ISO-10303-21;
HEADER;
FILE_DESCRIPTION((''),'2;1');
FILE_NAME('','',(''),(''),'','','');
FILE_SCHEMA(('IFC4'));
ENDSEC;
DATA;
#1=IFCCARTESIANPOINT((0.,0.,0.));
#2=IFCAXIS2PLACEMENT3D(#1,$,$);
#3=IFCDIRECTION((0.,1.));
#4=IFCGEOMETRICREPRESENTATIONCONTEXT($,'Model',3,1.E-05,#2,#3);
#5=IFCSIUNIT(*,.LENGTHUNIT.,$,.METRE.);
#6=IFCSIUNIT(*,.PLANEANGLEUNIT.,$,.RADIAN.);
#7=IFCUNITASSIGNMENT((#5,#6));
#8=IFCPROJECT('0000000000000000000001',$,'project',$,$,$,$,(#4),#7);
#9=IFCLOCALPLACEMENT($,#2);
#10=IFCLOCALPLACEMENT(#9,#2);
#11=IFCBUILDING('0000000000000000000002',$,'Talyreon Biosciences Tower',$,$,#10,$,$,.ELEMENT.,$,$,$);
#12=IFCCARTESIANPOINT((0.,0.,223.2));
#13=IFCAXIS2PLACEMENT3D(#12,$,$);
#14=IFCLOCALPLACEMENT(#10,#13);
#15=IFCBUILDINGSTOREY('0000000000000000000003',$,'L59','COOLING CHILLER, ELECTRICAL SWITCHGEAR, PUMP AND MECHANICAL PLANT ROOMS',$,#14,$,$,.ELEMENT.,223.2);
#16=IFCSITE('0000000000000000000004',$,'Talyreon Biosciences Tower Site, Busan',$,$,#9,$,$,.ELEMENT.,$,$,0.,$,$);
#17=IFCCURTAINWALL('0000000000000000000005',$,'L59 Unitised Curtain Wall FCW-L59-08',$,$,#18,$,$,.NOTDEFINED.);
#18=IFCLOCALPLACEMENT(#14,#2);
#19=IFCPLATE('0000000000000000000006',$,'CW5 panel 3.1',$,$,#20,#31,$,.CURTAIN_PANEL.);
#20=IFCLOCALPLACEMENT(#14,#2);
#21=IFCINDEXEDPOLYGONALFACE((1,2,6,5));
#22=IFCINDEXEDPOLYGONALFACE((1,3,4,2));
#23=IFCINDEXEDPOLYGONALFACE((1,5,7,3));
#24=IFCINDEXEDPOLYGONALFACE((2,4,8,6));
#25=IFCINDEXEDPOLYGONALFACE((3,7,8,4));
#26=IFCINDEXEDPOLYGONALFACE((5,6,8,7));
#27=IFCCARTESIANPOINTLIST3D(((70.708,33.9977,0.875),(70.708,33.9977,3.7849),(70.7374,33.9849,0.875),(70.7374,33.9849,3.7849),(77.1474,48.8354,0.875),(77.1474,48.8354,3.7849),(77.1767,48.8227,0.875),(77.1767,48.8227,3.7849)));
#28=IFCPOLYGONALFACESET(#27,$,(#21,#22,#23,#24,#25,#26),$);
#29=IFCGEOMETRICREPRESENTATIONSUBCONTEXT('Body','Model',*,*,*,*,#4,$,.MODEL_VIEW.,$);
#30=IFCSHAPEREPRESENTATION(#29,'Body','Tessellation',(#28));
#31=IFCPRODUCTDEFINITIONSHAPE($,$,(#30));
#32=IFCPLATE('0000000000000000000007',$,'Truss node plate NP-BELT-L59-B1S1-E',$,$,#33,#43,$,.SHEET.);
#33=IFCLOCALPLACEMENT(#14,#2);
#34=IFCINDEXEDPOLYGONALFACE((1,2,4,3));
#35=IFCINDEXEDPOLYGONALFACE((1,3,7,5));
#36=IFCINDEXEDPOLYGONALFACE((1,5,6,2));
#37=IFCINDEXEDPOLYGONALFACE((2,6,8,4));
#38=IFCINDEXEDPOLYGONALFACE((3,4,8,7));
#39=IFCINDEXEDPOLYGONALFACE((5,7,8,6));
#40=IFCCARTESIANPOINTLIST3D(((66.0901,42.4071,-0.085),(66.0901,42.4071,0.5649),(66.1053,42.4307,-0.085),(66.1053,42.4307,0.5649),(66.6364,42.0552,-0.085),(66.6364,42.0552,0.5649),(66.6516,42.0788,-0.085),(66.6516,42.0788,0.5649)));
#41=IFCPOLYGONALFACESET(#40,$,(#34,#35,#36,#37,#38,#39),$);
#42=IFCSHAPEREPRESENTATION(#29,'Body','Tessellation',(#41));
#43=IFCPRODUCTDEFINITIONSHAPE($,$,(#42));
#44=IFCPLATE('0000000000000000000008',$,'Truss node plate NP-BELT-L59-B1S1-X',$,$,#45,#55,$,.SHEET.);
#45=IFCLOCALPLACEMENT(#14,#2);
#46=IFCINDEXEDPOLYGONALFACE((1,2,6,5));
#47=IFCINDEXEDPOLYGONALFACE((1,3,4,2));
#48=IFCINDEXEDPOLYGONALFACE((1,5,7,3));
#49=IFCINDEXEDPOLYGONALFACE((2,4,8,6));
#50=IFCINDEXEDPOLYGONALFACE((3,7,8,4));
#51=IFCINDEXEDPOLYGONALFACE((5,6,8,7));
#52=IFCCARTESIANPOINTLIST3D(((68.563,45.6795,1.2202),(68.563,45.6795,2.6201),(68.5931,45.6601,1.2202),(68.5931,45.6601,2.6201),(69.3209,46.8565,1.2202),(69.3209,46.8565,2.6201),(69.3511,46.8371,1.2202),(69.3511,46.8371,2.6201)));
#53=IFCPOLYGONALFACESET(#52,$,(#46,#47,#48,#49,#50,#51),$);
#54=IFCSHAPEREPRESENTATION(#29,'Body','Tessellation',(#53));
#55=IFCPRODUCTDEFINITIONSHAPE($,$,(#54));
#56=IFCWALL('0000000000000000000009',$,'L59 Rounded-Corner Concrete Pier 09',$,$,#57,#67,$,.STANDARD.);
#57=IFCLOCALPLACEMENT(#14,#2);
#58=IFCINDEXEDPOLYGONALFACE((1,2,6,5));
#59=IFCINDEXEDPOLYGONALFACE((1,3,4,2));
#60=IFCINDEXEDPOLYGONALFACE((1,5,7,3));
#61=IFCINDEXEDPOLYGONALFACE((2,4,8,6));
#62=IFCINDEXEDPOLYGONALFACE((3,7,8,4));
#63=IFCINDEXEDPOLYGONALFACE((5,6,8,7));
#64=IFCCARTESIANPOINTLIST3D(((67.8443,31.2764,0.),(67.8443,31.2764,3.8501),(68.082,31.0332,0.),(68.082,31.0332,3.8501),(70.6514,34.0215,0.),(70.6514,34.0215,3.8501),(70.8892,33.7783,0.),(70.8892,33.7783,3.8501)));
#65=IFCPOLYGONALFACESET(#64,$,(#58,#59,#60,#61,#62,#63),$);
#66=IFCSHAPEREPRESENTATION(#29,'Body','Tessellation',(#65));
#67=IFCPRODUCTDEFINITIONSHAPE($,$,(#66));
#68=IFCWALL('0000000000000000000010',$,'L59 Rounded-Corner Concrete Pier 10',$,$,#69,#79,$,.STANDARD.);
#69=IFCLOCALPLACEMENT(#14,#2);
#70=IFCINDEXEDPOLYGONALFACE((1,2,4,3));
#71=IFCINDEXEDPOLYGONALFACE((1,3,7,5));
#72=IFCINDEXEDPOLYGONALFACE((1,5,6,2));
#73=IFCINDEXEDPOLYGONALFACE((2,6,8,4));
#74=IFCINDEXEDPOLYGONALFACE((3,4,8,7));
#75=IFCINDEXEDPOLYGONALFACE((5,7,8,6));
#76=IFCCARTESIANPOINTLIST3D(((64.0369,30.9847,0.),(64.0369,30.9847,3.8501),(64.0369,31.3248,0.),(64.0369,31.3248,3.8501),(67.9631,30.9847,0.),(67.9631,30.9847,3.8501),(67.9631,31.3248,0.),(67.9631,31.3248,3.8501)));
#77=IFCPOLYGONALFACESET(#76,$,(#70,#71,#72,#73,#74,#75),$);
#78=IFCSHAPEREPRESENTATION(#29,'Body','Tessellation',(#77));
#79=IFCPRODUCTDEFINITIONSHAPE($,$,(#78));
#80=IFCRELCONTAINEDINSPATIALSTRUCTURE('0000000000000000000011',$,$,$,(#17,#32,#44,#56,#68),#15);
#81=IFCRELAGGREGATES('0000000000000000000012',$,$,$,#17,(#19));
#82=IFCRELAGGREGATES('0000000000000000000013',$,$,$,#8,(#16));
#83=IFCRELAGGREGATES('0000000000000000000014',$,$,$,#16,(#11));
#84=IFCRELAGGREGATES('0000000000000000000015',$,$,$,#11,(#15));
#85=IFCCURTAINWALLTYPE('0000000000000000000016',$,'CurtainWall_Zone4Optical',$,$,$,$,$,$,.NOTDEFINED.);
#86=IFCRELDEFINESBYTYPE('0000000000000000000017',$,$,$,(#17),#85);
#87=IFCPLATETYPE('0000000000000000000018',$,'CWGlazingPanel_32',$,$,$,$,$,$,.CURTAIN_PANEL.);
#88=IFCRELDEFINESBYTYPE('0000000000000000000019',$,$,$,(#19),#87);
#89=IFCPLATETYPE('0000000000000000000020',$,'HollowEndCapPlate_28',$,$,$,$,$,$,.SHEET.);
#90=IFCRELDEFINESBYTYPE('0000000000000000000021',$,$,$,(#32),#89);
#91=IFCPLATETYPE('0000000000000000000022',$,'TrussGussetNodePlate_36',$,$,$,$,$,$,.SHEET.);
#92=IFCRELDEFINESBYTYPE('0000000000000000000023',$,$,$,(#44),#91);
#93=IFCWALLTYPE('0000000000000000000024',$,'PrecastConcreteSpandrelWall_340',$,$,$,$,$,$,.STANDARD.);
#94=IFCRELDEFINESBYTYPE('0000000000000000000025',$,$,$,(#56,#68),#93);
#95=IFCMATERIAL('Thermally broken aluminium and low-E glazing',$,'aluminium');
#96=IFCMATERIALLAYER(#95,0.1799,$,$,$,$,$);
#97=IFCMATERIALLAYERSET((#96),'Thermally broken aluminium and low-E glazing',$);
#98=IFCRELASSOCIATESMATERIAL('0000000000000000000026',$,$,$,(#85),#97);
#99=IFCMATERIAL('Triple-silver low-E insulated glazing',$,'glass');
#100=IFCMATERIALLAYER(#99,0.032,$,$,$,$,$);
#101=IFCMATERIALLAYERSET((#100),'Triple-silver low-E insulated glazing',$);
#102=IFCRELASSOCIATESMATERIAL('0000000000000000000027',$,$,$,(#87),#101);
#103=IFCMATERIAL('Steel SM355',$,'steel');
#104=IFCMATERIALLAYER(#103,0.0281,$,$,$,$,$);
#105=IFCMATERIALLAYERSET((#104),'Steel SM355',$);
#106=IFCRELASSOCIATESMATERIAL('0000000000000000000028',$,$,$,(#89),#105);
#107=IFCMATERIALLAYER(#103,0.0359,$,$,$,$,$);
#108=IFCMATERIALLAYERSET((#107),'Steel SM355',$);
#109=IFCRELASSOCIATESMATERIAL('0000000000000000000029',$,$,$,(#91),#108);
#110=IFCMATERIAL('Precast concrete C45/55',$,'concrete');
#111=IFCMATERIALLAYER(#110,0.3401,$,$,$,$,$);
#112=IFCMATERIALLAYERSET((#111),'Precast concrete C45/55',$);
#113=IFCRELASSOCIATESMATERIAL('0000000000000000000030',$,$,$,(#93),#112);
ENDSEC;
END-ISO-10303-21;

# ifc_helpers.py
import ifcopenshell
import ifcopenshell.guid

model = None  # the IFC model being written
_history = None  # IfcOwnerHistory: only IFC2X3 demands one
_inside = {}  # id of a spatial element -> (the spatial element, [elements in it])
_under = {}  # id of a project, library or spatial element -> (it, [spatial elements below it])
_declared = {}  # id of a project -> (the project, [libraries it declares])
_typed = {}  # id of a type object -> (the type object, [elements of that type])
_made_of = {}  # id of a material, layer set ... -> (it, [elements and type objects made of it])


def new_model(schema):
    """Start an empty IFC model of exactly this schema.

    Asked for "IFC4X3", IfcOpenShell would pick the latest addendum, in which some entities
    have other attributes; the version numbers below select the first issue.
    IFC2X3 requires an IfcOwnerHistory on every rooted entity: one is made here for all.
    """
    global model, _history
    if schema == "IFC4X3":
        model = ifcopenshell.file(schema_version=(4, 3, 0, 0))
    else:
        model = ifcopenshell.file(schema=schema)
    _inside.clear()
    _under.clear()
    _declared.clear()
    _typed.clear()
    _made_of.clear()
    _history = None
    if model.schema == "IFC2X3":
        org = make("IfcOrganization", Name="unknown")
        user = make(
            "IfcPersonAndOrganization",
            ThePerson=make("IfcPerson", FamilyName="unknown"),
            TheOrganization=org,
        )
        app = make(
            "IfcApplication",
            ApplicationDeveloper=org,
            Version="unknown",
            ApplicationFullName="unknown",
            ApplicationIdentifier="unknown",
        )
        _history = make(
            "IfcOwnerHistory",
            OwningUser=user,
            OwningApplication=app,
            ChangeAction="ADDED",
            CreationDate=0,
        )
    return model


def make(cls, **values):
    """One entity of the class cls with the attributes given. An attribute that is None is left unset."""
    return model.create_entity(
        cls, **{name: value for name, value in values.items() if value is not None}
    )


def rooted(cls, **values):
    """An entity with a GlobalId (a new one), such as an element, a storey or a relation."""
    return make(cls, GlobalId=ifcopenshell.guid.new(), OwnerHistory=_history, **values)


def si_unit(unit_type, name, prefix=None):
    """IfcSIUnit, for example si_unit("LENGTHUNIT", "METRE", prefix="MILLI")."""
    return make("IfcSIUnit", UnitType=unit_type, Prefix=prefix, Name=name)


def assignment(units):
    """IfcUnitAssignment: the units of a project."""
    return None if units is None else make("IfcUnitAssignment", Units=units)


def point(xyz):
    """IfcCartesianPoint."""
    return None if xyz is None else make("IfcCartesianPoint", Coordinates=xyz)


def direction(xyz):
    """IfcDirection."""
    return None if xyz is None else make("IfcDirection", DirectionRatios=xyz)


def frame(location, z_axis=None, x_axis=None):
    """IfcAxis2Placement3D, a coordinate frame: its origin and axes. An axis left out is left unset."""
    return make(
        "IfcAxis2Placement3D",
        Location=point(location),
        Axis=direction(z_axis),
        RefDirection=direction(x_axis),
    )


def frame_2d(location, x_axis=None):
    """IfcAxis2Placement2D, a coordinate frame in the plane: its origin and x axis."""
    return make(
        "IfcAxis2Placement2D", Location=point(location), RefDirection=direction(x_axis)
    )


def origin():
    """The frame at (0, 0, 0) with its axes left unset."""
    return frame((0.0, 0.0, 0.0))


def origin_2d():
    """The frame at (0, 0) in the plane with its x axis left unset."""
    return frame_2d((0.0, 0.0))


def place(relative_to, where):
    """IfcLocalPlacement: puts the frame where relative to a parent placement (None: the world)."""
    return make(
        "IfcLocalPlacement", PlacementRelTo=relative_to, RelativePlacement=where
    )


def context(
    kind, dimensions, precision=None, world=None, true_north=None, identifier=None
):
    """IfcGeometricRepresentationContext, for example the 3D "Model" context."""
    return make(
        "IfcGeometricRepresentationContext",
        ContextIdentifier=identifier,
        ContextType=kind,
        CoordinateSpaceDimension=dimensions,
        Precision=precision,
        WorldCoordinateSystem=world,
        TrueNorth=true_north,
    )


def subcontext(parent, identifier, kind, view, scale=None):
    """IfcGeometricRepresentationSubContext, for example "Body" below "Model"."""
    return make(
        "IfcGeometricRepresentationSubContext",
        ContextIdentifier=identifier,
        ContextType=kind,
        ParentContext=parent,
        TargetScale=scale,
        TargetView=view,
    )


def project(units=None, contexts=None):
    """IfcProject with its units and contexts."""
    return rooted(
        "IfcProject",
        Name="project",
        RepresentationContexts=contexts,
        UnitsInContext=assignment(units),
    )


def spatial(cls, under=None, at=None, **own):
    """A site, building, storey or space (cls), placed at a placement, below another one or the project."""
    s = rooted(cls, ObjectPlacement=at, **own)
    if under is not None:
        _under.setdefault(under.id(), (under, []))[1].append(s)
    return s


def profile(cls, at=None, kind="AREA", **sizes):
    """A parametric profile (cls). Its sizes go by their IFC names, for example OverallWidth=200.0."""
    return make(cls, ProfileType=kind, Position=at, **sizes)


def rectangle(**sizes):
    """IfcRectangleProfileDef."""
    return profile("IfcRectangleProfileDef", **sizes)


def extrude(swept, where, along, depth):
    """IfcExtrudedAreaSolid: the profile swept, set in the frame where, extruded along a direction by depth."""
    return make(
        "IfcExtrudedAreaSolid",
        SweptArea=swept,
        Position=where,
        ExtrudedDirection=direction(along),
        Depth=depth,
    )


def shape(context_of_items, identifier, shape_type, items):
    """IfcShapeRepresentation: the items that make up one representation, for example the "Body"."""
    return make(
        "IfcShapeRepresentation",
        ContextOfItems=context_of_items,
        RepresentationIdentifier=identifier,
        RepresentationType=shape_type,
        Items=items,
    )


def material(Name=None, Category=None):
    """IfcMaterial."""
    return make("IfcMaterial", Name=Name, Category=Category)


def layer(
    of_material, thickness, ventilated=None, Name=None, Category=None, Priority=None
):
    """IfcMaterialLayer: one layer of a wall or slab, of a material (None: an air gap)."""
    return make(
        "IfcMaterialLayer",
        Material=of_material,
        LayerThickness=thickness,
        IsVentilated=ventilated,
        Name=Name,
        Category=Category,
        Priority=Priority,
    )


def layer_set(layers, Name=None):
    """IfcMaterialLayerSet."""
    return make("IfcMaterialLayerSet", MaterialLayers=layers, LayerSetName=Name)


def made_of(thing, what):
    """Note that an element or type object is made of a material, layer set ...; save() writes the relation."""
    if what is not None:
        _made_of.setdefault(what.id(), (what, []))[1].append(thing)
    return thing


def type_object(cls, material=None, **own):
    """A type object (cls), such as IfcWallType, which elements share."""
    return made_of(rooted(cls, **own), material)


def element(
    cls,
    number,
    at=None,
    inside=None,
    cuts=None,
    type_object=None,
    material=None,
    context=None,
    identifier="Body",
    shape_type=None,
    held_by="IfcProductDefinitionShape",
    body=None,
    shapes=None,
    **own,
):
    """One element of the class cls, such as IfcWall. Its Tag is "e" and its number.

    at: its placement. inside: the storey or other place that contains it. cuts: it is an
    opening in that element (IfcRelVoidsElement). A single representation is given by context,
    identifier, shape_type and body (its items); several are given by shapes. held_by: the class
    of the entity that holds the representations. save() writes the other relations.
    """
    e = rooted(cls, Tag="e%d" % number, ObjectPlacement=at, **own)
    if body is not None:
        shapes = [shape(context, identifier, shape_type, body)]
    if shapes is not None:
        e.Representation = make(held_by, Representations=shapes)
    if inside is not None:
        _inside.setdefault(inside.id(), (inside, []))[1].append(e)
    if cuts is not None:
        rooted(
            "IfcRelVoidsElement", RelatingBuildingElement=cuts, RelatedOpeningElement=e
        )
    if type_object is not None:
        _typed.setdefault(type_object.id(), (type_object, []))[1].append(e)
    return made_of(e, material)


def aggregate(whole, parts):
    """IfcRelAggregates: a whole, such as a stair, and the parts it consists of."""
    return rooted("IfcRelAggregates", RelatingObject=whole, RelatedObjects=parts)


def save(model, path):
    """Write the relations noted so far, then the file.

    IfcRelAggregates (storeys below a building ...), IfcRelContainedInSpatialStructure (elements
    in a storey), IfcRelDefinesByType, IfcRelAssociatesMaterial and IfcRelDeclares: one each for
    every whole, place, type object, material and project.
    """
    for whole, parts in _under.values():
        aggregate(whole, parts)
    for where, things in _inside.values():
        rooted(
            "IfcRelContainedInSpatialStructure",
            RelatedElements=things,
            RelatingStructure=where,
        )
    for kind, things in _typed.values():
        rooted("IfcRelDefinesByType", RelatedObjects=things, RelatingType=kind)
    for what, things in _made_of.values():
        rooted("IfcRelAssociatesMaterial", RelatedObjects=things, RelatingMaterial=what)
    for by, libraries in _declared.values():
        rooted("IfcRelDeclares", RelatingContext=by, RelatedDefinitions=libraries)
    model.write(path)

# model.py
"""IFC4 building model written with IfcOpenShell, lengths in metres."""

from ifc_helpers import new_model, si_unit, direction, frame, frame_2d, origin, origin_2d, place, context, subcontext, project, spatial, rectangle, extrude, material, layer, layer_set, type_object, element, aggregate, save


model = new_model("IFC4")

# Units and contexts
model_context = context("Model", 3, precision=1e-05, world=origin(), true_north=direction((0.0, 1.0)))
body_context = subcontext(model_context, "Body", "Model", "MODEL_VIEW")
ifc_project = project(units=[si_unit("LENGTHUNIT", "METRE"), si_unit("PLANEANGLEUNIT", "RADIAN")], contexts=[model_context])

# Site, building, storey
site_placement = place(None, origin())
site = spatial("IfcSite", under=ifc_project, at=site_placement, Name="Talyreon Biosciences Tower Site, Busan", CompositionType="ELEMENT", RefElevation=0.0)
building_placement = place(site_placement, origin())
building = spatial("IfcBuilding", under=site, at=building_placement, Name="Talyreon Biosciences Tower", CompositionType="ELEMENT")
storey_placement = place(building_placement, frame((0.0, 0.0, 223.2)))
storey = spatial("IfcBuildingStorey", under=building, at=storey_placement, Name="L59", Description="COOLING CHILLER, ELECTRICAL SWITCHGEAR, PUMP AND MECHANICAL PLANT ROOMS", CompositionType="ELEMENT", Elevation=223.2)

# Shared definitions
ifc_material_1 = material(Name="Steel SM355", Category="steel")

# Curtain wall
ifc_material_2 = material(Name="Thermally broken aluminium and low-E glazing", Category="aluminium")
ifc_layer_1 = layer(ifc_material_2, 0.1799)
ifc_layer_set_1 = layer_set([ifc_layer_1], Name="Thermally broken aluminium and low-E glazing")
curtain_wall_type = type_object("IfcCurtainWallType", Name="CurtainWall_Zone4Optical", PredefinedType="NOTDEFINED", material=ifc_layer_set_1)
curtain_wall_placement = place(storey_placement, origin())
curtain_wall = element("IfcCurtainWall", 1, at=curtain_wall_placement, inside=storey, type_object=curtain_wall_type, Name="L59 Unitised Curtain Wall FCW-L59-08", PredefinedType="NOTDEFINED")

# Shared definitions
ifc_material_3 = material(Name="Precast concrete C45/55", Category="concrete")

# Plate
ifc_material_4 = material(Name="Triple-silver low-E insulated glazing", Category="glass")
ifc_layer_2 = layer(ifc_material_4, 0.032)
ifc_layer_set_2 = layer_set([ifc_layer_2], Name="Triple-silver low-E insulated glazing")
plate_type_1 = type_object("IfcPlateType", Name="CWGlazingPanel_32", PredefinedType="CURTAIN_PANEL", material=ifc_layer_set_2)
plate_1_placement = place(storey_placement, frame((73.9424, 41.4102, 0.875), z_axis=(0.0, 0.0, 1.0), x_axis=(-0.398112, -0.917337, 0.0)))
plate_1 = element("IfcPlate", 2, at=plate_1_placement, type_object=plate_type_1, Name="CW5 panel 3.1", PredefinedType="CURTAIN_PANEL", context=body_context, shape_type="SweptSolid", body=[
    extrude(rectangle(XDim=16.1748, YDim=0.032, at=origin_2d()), origin(), (0.0, 0.0, 1.0), 2.9099),
])
aggregate(curtain_wall, [plate_1])

# Plates
ifc_layer_3 = layer(ifc_material_1, 0.0281)
ifc_layer_set_3 = layer_set([ifc_layer_3], Name="Steel SM355")
plate_type_2 = type_object("IfcPlateType", Name="HollowEndCapPlate_28", PredefinedType="SHEET", material=ifc_layer_set_3)
plate_2_placement = place(storey_placement, frame((66.3708, 42.2429, -0.085), z_axis=(0.0, 0.0, 1.0), x_axis=(-0.840727, 0.541459, 0.0)))
element("IfcPlate", 3, at=plate_2_placement, inside=storey, type_object=plate_type_2, Name="Truss node plate NP-BELT-L59-B1S1-E", PredefinedType="SHEET", context=body_context, shape_type="SweptSolid", body=[
    extrude(rectangle(XDim=0.6499, YDim=0.0281, at=origin_2d()), origin(), (0.0, 0.0, 1.0), 0.6499),
])
ifc_layer_4 = layer(ifc_material_1, 0.0359)
ifc_layer_set_4 = layer_set([ifc_layer_4], Name="Steel SM355")
plate_type_3 = type_object("IfcPlateType", Name="TrussGussetNodePlate_36", PredefinedType="SHEET", material=ifc_layer_set_4)
plate_3_placement = place(storey_placement, frame((68.957, 46.2583, 1.2202), z_axis=(0.0, 0.0, 1.0), x_axis=(0.541459, 0.840727, 0.0)))
element("IfcPlate", 4, at=plate_3_placement, inside=storey, type_object=plate_type_3, Name="Truss node plate NP-BELT-L59-B1S1-X", PredefinedType="SHEET", context=body_context, shape_type="SweptSolid", body=[
    extrude(rectangle(XDim=1.3999, YDim=0.0359, at=origin_2d()), origin(), (0.0, 0.0, 1.0), 1.3999),
])

# Walls
ifc_layer_5 = layer(ifc_material_3, 0.3401)
ifc_layer_set_5 = layer_set([ifc_layer_5], Name="Precast concrete C45/55")
wall_type = type_object("IfcWallType", Name="PrecastConcreteSpandrelWall_340", PredefinedType="STANDARD", material=ifc_layer_set_5)
for number, where, z_axis, x_axis, name in (
    (5, (70.7703, 33.8999, 0.0), (0.0, 0.0, 1.0), (-0.71496, -0.699166, 0.0), "L59 Rounded-Corner Concrete Pier 09"),
    (6, (67.9631, 31.1548, 0.0), (0.0, 0.0, 1.0), (-1.0, 0.0, 0.0), "L59 Rounded-Corner Concrete Pier 10"),
):
    element("IfcWall", number, at=place(storey_placement, frame(where, z_axis=z_axis, x_axis=x_axis)), inside=storey, type_object=wall_type, Name=name, PredefinedType="STANDARD", context=body_context, shape_type="SweptSolid", body=[
        extrude(rectangle(XDim=3.9263, YDim=0.3401, at=frame_2d((1.9631, 0.0))), origin(), (0.0, 0.0, 1.0), 3.8501),
    ])

save(model, "model.ifc")
